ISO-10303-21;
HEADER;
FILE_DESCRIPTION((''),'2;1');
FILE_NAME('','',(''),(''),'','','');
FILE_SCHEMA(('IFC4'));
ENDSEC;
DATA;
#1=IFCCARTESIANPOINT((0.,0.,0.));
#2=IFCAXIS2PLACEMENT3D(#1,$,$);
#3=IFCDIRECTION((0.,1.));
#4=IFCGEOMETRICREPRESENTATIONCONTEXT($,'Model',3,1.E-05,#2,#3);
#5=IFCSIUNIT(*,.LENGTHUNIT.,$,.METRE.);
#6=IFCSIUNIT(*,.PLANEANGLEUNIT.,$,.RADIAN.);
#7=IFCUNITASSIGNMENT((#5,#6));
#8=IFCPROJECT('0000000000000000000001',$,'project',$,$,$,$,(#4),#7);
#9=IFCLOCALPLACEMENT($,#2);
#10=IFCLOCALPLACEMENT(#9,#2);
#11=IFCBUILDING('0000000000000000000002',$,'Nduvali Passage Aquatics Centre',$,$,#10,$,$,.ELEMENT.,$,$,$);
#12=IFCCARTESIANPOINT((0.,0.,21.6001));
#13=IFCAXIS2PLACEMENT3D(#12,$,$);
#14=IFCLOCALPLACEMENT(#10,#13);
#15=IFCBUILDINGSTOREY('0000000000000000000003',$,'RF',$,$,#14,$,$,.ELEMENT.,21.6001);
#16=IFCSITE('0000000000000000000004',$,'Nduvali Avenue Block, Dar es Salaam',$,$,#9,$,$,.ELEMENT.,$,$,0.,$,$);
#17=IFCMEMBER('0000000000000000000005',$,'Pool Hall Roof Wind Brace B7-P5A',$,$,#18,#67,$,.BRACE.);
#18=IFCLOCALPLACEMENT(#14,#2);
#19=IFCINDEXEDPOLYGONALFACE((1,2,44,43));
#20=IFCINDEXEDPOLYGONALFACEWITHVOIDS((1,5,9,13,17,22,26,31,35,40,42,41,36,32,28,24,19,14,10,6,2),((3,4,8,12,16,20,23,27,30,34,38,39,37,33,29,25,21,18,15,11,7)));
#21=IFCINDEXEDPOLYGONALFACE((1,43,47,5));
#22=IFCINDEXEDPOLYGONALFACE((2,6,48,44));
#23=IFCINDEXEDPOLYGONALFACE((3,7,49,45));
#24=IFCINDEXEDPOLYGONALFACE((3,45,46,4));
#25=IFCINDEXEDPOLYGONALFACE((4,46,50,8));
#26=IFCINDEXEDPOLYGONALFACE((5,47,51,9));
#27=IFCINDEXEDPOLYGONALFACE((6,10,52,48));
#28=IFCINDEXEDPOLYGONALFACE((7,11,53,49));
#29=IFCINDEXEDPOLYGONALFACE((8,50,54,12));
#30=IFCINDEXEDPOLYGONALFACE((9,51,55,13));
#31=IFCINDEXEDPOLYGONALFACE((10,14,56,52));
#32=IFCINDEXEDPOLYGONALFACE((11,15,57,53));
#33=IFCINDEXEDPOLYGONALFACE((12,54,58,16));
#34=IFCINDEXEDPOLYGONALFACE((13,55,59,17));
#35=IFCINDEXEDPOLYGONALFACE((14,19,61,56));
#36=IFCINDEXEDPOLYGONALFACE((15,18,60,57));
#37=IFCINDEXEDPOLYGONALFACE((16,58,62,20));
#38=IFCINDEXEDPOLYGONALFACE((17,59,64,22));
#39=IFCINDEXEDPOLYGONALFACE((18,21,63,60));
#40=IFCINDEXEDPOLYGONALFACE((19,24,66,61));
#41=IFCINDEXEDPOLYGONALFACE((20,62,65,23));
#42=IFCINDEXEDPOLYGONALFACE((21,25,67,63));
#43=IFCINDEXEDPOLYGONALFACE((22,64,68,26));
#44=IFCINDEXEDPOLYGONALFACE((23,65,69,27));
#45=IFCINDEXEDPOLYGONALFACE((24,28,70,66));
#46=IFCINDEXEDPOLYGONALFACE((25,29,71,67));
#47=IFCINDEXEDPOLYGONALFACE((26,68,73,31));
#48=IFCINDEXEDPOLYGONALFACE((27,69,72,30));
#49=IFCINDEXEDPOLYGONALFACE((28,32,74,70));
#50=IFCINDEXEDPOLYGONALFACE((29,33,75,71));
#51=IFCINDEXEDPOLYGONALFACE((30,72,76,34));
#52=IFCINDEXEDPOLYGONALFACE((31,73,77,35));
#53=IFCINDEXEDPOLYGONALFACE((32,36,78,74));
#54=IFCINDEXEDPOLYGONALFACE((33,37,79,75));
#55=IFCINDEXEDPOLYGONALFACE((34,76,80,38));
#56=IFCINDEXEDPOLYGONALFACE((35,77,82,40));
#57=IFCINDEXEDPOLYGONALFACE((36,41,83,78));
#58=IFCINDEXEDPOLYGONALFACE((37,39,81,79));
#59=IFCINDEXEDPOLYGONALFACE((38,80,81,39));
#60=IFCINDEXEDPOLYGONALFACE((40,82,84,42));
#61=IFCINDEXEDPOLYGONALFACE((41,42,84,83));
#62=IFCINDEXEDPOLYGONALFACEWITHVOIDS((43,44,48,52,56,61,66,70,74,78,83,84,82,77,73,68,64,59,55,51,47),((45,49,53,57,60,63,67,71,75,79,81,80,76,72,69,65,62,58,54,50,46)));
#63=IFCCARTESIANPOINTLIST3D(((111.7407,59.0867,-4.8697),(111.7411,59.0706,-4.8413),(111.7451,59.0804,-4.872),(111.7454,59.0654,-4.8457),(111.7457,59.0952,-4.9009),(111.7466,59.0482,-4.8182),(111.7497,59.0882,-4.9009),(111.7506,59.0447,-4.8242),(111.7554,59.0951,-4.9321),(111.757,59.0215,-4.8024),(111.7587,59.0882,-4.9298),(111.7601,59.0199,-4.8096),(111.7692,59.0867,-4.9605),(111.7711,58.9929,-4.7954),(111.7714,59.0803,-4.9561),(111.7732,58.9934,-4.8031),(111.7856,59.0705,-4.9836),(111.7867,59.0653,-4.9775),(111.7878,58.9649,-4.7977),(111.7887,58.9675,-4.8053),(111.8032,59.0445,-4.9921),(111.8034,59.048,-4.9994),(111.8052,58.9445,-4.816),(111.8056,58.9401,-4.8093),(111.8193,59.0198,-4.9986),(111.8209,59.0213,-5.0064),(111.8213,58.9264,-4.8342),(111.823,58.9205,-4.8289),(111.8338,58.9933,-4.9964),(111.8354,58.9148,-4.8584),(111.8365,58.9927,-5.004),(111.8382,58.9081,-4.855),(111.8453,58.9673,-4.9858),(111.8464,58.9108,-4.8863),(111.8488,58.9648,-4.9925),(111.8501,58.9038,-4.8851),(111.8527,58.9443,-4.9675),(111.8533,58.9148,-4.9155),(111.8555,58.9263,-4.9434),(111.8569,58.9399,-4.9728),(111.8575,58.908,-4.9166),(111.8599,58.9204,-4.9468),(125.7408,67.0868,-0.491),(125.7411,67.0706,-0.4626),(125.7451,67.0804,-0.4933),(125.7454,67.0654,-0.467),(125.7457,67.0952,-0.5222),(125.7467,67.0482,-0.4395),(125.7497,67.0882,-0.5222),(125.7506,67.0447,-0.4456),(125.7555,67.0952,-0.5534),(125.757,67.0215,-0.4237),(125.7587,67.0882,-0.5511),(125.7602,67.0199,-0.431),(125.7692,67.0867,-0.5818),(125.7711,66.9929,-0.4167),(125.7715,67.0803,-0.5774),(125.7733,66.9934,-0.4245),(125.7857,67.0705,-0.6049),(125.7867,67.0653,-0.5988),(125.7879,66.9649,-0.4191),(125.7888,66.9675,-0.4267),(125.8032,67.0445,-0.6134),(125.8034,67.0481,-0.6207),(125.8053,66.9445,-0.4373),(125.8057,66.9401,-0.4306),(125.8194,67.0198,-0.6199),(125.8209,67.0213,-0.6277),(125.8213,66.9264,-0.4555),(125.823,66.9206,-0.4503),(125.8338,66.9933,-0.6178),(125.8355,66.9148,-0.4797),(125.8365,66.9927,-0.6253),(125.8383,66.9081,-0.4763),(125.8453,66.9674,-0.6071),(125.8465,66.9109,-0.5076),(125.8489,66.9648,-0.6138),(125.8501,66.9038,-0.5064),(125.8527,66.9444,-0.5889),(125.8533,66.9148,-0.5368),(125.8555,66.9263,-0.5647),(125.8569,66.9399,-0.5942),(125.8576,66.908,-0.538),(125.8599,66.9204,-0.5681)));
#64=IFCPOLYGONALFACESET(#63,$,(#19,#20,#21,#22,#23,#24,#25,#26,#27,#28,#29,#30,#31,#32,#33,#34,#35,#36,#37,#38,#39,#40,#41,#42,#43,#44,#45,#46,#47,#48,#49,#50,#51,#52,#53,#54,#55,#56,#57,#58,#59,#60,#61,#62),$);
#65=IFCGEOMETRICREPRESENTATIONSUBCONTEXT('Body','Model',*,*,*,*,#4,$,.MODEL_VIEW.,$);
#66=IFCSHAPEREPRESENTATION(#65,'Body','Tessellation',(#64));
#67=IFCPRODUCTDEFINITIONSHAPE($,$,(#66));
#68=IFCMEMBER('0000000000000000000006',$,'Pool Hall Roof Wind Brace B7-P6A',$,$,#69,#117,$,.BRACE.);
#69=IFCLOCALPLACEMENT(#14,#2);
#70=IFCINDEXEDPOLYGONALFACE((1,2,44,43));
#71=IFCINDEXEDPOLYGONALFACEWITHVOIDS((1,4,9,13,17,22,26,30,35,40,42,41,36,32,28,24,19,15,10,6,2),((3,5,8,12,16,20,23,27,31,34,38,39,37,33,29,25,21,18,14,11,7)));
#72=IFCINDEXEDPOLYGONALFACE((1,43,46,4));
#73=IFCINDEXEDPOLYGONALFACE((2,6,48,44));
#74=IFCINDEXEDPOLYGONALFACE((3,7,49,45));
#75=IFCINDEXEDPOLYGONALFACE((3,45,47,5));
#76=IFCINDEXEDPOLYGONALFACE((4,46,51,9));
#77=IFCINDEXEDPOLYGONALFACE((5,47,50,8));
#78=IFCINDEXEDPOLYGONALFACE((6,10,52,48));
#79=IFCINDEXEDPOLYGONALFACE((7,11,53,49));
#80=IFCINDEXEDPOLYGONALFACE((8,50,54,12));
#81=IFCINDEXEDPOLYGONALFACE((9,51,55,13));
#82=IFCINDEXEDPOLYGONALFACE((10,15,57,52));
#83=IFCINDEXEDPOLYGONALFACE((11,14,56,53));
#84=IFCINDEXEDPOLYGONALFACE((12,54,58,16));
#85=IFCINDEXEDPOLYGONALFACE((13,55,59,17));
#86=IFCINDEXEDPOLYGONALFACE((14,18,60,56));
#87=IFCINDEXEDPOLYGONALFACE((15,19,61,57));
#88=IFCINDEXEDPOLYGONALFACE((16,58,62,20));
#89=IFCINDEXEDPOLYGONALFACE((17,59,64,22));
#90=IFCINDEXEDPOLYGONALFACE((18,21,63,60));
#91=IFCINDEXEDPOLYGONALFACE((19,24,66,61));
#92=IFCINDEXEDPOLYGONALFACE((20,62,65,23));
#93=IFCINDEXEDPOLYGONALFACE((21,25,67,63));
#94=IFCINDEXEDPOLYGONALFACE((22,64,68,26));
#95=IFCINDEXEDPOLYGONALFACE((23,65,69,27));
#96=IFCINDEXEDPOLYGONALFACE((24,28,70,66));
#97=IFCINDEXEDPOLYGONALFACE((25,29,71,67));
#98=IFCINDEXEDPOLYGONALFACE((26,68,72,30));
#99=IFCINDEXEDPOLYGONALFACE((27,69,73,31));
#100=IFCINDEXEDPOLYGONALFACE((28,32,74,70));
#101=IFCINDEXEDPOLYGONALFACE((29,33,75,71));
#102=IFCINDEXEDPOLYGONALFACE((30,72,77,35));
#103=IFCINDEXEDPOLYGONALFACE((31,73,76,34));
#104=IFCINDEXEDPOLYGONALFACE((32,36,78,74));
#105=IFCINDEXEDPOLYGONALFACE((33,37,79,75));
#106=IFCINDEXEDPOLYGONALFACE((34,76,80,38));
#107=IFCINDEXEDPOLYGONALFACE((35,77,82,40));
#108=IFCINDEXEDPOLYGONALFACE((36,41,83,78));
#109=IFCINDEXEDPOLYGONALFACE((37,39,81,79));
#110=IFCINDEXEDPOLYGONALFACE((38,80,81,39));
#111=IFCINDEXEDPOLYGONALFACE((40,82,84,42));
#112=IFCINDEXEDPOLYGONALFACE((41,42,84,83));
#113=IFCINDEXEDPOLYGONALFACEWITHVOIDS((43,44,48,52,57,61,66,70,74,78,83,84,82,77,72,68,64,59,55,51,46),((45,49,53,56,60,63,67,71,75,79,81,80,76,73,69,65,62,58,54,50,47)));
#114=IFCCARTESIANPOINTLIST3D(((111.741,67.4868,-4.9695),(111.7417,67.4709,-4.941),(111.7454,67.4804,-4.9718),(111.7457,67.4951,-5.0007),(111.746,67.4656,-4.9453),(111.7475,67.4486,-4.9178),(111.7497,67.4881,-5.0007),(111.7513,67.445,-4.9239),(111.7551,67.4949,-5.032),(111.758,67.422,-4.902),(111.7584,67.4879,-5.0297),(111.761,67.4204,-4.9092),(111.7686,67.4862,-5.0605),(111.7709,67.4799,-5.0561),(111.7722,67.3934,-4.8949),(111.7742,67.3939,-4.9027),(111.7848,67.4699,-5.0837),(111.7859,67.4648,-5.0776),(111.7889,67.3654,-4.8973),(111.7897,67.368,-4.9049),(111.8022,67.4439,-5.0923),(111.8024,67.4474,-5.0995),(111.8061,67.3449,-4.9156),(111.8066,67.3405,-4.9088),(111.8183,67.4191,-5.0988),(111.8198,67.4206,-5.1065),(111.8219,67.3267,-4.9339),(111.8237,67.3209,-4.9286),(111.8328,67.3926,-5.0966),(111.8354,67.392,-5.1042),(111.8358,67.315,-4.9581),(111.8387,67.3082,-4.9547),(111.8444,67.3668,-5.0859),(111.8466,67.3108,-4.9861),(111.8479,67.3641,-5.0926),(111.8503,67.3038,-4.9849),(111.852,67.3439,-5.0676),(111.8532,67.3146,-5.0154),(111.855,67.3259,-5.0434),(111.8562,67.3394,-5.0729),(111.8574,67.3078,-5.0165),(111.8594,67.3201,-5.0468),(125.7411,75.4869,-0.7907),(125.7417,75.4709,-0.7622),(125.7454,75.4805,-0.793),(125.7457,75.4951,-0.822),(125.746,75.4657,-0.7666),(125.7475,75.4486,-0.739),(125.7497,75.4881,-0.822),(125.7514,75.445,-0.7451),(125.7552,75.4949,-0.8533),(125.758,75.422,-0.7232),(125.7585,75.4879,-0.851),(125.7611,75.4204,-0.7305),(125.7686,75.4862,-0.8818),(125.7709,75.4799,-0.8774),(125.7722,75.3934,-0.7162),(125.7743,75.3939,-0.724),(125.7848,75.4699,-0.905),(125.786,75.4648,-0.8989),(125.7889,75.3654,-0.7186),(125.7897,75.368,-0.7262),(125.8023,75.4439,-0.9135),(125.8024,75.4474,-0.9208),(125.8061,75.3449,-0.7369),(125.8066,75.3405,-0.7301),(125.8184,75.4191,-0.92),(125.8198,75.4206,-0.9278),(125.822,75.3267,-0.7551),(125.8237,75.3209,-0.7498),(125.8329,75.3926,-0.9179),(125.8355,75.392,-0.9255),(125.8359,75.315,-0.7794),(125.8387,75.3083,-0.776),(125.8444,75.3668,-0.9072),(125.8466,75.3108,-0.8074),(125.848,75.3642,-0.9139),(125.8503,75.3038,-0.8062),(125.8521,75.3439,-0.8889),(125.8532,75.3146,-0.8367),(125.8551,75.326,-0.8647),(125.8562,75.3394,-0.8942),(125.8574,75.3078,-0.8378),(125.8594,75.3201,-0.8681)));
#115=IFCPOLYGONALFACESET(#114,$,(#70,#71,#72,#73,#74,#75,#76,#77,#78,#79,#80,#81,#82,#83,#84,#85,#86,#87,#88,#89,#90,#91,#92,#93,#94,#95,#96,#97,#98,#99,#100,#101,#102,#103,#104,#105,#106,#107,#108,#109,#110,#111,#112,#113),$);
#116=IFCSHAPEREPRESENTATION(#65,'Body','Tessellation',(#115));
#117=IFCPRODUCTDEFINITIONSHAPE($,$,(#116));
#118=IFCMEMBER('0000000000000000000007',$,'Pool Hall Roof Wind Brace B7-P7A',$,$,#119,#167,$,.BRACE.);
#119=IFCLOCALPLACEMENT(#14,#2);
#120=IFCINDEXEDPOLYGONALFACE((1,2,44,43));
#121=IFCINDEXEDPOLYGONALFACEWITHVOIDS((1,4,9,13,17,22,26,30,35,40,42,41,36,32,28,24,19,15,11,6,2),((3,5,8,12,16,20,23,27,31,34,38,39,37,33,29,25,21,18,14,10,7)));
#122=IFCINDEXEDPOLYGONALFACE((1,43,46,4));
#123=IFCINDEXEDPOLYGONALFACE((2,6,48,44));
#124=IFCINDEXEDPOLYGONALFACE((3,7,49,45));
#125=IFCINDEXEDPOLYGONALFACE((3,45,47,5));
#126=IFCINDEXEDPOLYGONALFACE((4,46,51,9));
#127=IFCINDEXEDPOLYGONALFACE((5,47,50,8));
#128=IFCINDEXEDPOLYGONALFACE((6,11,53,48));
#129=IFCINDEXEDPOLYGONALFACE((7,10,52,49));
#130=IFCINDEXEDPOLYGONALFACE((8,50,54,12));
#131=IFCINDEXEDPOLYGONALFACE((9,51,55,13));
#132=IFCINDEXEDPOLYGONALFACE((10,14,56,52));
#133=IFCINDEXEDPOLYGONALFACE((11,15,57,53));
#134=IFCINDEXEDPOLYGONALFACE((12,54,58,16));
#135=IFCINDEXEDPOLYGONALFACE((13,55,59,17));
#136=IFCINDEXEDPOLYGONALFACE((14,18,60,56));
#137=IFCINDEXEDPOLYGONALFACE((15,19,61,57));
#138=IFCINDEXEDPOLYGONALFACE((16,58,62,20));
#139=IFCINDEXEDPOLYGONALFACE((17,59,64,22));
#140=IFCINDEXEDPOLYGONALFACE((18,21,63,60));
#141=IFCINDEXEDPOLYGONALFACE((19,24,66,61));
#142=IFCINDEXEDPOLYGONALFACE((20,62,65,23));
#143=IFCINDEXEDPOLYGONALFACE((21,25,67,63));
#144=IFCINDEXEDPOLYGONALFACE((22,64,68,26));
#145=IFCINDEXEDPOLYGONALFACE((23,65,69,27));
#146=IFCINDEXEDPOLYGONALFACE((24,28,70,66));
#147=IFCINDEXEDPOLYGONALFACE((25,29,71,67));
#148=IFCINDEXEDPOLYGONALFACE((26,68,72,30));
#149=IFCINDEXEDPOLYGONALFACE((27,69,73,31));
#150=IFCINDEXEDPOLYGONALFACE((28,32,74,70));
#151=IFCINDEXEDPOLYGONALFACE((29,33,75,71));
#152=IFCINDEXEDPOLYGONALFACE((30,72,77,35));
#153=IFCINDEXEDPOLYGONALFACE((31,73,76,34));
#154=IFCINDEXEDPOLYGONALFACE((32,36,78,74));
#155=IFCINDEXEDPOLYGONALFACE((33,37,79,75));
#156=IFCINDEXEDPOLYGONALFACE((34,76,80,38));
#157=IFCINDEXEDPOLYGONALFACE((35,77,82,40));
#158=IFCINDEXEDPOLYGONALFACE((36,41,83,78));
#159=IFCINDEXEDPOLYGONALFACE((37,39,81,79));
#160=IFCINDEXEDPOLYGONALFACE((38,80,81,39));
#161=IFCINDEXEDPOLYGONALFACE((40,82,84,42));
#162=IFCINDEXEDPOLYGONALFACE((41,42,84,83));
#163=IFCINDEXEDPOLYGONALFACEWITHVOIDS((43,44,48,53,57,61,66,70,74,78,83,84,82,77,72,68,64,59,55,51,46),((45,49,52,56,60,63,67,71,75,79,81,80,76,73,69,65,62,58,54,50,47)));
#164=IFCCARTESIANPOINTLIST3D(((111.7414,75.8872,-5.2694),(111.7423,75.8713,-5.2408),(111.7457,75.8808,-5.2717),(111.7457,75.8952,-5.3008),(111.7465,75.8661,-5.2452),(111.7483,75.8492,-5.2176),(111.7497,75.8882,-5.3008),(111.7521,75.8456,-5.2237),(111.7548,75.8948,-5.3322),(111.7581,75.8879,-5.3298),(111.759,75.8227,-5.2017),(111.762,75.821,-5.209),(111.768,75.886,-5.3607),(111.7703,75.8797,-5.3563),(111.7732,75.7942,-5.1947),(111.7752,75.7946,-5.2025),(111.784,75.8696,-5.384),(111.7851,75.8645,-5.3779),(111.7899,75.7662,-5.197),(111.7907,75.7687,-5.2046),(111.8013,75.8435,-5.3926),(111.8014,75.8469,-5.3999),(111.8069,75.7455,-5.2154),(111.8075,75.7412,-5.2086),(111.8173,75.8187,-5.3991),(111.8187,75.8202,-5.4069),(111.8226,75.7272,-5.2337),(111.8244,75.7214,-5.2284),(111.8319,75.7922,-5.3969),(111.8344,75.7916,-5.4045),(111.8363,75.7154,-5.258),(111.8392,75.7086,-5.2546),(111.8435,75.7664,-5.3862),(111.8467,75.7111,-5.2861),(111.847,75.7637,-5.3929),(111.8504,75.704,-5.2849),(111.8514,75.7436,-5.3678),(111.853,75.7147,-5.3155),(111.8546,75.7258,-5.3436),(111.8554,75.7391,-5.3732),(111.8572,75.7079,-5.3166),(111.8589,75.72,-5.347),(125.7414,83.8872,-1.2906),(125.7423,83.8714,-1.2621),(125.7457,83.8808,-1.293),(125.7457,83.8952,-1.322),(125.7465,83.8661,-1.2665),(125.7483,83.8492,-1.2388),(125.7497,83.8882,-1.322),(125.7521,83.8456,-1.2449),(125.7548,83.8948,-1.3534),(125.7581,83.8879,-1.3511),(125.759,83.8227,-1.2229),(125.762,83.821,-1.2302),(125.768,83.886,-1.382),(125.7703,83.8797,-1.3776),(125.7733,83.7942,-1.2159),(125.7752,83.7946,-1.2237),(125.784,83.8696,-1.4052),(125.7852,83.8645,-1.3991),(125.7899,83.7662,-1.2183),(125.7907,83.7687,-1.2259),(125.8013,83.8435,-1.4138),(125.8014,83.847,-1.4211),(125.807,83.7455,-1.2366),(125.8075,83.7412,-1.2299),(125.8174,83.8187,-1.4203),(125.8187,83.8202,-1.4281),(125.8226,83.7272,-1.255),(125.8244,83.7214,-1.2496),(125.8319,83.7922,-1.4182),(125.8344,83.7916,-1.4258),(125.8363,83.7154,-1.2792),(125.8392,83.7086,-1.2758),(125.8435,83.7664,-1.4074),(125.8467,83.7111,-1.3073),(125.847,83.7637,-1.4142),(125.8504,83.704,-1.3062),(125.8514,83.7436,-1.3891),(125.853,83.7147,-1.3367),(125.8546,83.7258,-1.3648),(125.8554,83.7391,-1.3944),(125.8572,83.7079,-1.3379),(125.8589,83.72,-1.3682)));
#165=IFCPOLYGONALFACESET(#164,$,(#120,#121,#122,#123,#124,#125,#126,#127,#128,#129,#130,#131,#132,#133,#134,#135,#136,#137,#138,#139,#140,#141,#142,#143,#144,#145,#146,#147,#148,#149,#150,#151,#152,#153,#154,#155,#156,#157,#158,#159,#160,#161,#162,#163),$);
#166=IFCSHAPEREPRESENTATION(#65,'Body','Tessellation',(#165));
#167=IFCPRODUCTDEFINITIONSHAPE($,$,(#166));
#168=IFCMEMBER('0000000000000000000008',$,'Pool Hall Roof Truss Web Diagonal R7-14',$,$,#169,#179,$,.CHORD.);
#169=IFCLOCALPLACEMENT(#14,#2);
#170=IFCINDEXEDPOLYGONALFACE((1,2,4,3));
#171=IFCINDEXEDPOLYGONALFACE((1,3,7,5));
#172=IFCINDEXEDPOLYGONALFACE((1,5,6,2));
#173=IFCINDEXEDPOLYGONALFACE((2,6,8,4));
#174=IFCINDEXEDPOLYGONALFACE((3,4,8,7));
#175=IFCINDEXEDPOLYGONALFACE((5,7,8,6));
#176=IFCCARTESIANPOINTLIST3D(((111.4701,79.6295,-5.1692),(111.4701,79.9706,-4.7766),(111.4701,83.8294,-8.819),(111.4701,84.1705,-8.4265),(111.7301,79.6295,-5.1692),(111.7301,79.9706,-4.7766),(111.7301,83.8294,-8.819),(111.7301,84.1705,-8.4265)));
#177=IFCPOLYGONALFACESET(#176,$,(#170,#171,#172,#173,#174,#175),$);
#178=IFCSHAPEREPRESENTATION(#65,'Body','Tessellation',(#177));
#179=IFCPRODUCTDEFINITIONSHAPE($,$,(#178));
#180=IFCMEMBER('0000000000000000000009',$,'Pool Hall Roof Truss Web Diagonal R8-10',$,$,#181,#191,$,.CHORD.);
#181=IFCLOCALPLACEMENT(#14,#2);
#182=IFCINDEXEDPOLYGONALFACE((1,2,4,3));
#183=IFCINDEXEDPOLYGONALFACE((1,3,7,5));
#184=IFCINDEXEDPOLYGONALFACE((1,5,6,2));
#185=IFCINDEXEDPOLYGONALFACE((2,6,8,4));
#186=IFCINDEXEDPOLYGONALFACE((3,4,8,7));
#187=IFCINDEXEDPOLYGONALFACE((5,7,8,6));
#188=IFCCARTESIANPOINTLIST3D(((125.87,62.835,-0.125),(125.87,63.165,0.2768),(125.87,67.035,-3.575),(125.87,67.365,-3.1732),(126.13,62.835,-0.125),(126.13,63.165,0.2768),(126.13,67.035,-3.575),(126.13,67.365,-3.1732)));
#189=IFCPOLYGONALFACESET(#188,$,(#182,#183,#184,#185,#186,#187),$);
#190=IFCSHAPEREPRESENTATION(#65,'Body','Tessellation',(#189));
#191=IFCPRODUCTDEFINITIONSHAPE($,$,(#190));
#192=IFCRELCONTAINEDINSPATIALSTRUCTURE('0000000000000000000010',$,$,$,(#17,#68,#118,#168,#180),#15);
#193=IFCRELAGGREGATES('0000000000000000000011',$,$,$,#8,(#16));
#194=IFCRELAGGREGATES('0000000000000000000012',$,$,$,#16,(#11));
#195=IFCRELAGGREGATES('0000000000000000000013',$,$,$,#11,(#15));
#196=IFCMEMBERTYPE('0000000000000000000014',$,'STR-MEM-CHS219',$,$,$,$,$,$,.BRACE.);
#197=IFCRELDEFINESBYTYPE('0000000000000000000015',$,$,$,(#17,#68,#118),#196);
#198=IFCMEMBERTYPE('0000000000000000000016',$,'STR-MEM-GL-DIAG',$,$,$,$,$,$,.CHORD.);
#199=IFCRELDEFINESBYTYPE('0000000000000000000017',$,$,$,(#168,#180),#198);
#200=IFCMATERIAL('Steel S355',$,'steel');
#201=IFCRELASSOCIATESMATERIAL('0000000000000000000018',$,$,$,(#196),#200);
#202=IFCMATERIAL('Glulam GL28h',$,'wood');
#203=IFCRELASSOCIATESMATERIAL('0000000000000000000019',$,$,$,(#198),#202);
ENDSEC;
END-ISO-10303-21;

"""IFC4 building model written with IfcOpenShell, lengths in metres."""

from ifc_helpers import new_model, si_unit, direction, frame, origin, origin_2d, place, context, subcontext, project, spatial, rectangle, hollow_circle, extrude, material, material_profile, profile_set, type_object, element, save


model = new_model("IFC4")

# Units and contexts
model_context = context("Model", 3, precision=1e-05, world=origin(), true_north=direction((0.0, 1.0)))
body_context = subcontext(model_context, "Body", "Model", "MODEL_VIEW")
ifc_project = project(units=[si_unit("LENGTHUNIT", "METRE"), si_unit("PLANEANGLEUNIT", "RADIAN")], contexts=[model_context])

# Site, building, storey
site_placement = place(None, origin())
site = spatial("IfcSite", under=ifc_project, at=site_placement, Name="Nduvali Avenue Block, Dar es Salaam", CompositionType="ELEMENT", RefElevation=0.0)
building_placement = place(site_placement, origin())
building = spatial("IfcBuilding", under=site, at=building_placement, Name="Nduvali Passage Aquatics Centre", CompositionType="ELEMENT")
storey_placement = place(building_placement, frame((0.0, 0.0, 21.6001)))
storey = spatial("IfcBuildingStorey", under=building, at=storey_placement, Name="RF", CompositionType="ELEMENT", Elevation=21.6001)

# Members
ifc_material_1 = material(Name="Steel S355", Category="steel")
ifc_material_profile_1 = material_profile(ifc_material_1, hollow_circle(Radius=0.1096, WallThickness=0.0081, at=origin_2d()), Name="CHS 219.1x8.0")
ifc_profile_set_1 = profile_set([ifc_material_profile_1], Name="Steel S355")
member_type_1 = type_object("IfcMemberType", Name="STR-MEM-CHS219", PredefinedType="BRACE", material=ifc_profile_set_1)
member_1_placement = place(storey_placement, frame((111.8, 59.0, -4.9009), z_axis=(0.837899, 0.478799, 0.262063), x_axis=(-0.496139, 0.868243, 0.0)))
element("IfcMember", 1, at=member_1_placement, inside=storey, type_object=member_type_1, Name="Pool Hall Roof Wind Brace B7-P5A", PredefinedType="BRACE", context=body_context, shape_type="SweptSolid", body=[
    extrude(hollow_circle(Radius=0.1096, WallThickness=0.0081, at=origin_2d()), origin(), (0.0, 0.0, 1.0), 16.7085),
])
member_2_placement = place(storey_placement, frame((111.8, 67.3999, -5.0007), z_axis=(0.840478, 0.480273, 0.250865), x_axis=(-0.496139, 0.868243, 0.0)))
element("IfcMember", 2, at=member_2_placement, inside=storey, type_object=member_type_1, Name="Pool Hall Roof Wind Brace B7-P6A", PredefinedType="BRACE", context=body_context, shape_type="SweptSolid", body=[
    extrude(hollow_circle(Radius=0.1096, WallThickness=0.0081, at=origin_2d()), origin(), (0.0, 0.0, 1.0), 16.6572),
])
member_3_placement = place(storey_placement, frame((111.8, 75.8, -5.3008), z_axis=(0.84296, 0.481691, 0.239567), x_axis=(-0.496139, 0.868243, 0.0)))
element("IfcMember", 3, at=member_3_placement, inside=storey, type_object=member_type_1, Name="Pool Hall Roof Wind Brace B7-P7A", PredefinedType="BRACE", context=body_context, shape_type="SweptSolid", body=[
    extrude(hollow_circle(Radius=0.1096, WallThickness=0.0081, at=origin_2d()), origin(), (0.0, 0.0, 1.0), 16.6082),
])
ifc_material_2 = material(Name="Glulam GL28h", Category="wood")
ifc_material_profile_2 = material_profile(ifc_material_2, rectangle(XDim=0.26, YDim=0.52, at=origin_2d()), Name="GL28h 260x520")
ifc_profile_set_2 = profile_set([ifc_material_profile_2], Name="Glulam GL28h")
member_type_2 = type_object("IfcMemberType", Name="STR-MEM-GL-DIAG", PredefinedType="CHORD", material=ifc_profile_set_2)
member_4_placement = place(storey_placement, frame((111.6001, 79.8, -4.9729), z_axis=(0.0, 0.754804, -0.655951), x_axis=(-1.0, 0.0, 0.0)))
element("IfcMember", 4, at=member_4_placement, inside=storey, type_object=member_type_2, Name="Pool Hall Roof Truss Web Diagonal R7-14", PredefinedType="CHORD", context=body_context, shape_type="SweptSolid", body=[
    extrude(rectangle(XDim=0.26, YDim=0.52, at=origin_2d()), origin(), (0.0, 0.0, 1.0), 5.5642),
])
member_5_placement = place(storey_placement, frame((126.0, 63.0, 0.0759), z_axis=(0.0, 0.772727, -0.634738), x_axis=(-1.0, 0.0, 0.0)))
element("IfcMember", 5, at=member_5_placement, inside=storey, type_object=member_type_2, Name="Pool Hall Roof Truss Web Diagonal R8-10", PredefinedType="CHORD", context=body_context, shape_type="SweptSolid", body=[
    extrude(rectangle(XDim=0.26, YDim=0.52, at=origin_2d()), origin(), (0.0, 0.0, 1.0), 5.4353),
])

save(model, "model.ifc")
